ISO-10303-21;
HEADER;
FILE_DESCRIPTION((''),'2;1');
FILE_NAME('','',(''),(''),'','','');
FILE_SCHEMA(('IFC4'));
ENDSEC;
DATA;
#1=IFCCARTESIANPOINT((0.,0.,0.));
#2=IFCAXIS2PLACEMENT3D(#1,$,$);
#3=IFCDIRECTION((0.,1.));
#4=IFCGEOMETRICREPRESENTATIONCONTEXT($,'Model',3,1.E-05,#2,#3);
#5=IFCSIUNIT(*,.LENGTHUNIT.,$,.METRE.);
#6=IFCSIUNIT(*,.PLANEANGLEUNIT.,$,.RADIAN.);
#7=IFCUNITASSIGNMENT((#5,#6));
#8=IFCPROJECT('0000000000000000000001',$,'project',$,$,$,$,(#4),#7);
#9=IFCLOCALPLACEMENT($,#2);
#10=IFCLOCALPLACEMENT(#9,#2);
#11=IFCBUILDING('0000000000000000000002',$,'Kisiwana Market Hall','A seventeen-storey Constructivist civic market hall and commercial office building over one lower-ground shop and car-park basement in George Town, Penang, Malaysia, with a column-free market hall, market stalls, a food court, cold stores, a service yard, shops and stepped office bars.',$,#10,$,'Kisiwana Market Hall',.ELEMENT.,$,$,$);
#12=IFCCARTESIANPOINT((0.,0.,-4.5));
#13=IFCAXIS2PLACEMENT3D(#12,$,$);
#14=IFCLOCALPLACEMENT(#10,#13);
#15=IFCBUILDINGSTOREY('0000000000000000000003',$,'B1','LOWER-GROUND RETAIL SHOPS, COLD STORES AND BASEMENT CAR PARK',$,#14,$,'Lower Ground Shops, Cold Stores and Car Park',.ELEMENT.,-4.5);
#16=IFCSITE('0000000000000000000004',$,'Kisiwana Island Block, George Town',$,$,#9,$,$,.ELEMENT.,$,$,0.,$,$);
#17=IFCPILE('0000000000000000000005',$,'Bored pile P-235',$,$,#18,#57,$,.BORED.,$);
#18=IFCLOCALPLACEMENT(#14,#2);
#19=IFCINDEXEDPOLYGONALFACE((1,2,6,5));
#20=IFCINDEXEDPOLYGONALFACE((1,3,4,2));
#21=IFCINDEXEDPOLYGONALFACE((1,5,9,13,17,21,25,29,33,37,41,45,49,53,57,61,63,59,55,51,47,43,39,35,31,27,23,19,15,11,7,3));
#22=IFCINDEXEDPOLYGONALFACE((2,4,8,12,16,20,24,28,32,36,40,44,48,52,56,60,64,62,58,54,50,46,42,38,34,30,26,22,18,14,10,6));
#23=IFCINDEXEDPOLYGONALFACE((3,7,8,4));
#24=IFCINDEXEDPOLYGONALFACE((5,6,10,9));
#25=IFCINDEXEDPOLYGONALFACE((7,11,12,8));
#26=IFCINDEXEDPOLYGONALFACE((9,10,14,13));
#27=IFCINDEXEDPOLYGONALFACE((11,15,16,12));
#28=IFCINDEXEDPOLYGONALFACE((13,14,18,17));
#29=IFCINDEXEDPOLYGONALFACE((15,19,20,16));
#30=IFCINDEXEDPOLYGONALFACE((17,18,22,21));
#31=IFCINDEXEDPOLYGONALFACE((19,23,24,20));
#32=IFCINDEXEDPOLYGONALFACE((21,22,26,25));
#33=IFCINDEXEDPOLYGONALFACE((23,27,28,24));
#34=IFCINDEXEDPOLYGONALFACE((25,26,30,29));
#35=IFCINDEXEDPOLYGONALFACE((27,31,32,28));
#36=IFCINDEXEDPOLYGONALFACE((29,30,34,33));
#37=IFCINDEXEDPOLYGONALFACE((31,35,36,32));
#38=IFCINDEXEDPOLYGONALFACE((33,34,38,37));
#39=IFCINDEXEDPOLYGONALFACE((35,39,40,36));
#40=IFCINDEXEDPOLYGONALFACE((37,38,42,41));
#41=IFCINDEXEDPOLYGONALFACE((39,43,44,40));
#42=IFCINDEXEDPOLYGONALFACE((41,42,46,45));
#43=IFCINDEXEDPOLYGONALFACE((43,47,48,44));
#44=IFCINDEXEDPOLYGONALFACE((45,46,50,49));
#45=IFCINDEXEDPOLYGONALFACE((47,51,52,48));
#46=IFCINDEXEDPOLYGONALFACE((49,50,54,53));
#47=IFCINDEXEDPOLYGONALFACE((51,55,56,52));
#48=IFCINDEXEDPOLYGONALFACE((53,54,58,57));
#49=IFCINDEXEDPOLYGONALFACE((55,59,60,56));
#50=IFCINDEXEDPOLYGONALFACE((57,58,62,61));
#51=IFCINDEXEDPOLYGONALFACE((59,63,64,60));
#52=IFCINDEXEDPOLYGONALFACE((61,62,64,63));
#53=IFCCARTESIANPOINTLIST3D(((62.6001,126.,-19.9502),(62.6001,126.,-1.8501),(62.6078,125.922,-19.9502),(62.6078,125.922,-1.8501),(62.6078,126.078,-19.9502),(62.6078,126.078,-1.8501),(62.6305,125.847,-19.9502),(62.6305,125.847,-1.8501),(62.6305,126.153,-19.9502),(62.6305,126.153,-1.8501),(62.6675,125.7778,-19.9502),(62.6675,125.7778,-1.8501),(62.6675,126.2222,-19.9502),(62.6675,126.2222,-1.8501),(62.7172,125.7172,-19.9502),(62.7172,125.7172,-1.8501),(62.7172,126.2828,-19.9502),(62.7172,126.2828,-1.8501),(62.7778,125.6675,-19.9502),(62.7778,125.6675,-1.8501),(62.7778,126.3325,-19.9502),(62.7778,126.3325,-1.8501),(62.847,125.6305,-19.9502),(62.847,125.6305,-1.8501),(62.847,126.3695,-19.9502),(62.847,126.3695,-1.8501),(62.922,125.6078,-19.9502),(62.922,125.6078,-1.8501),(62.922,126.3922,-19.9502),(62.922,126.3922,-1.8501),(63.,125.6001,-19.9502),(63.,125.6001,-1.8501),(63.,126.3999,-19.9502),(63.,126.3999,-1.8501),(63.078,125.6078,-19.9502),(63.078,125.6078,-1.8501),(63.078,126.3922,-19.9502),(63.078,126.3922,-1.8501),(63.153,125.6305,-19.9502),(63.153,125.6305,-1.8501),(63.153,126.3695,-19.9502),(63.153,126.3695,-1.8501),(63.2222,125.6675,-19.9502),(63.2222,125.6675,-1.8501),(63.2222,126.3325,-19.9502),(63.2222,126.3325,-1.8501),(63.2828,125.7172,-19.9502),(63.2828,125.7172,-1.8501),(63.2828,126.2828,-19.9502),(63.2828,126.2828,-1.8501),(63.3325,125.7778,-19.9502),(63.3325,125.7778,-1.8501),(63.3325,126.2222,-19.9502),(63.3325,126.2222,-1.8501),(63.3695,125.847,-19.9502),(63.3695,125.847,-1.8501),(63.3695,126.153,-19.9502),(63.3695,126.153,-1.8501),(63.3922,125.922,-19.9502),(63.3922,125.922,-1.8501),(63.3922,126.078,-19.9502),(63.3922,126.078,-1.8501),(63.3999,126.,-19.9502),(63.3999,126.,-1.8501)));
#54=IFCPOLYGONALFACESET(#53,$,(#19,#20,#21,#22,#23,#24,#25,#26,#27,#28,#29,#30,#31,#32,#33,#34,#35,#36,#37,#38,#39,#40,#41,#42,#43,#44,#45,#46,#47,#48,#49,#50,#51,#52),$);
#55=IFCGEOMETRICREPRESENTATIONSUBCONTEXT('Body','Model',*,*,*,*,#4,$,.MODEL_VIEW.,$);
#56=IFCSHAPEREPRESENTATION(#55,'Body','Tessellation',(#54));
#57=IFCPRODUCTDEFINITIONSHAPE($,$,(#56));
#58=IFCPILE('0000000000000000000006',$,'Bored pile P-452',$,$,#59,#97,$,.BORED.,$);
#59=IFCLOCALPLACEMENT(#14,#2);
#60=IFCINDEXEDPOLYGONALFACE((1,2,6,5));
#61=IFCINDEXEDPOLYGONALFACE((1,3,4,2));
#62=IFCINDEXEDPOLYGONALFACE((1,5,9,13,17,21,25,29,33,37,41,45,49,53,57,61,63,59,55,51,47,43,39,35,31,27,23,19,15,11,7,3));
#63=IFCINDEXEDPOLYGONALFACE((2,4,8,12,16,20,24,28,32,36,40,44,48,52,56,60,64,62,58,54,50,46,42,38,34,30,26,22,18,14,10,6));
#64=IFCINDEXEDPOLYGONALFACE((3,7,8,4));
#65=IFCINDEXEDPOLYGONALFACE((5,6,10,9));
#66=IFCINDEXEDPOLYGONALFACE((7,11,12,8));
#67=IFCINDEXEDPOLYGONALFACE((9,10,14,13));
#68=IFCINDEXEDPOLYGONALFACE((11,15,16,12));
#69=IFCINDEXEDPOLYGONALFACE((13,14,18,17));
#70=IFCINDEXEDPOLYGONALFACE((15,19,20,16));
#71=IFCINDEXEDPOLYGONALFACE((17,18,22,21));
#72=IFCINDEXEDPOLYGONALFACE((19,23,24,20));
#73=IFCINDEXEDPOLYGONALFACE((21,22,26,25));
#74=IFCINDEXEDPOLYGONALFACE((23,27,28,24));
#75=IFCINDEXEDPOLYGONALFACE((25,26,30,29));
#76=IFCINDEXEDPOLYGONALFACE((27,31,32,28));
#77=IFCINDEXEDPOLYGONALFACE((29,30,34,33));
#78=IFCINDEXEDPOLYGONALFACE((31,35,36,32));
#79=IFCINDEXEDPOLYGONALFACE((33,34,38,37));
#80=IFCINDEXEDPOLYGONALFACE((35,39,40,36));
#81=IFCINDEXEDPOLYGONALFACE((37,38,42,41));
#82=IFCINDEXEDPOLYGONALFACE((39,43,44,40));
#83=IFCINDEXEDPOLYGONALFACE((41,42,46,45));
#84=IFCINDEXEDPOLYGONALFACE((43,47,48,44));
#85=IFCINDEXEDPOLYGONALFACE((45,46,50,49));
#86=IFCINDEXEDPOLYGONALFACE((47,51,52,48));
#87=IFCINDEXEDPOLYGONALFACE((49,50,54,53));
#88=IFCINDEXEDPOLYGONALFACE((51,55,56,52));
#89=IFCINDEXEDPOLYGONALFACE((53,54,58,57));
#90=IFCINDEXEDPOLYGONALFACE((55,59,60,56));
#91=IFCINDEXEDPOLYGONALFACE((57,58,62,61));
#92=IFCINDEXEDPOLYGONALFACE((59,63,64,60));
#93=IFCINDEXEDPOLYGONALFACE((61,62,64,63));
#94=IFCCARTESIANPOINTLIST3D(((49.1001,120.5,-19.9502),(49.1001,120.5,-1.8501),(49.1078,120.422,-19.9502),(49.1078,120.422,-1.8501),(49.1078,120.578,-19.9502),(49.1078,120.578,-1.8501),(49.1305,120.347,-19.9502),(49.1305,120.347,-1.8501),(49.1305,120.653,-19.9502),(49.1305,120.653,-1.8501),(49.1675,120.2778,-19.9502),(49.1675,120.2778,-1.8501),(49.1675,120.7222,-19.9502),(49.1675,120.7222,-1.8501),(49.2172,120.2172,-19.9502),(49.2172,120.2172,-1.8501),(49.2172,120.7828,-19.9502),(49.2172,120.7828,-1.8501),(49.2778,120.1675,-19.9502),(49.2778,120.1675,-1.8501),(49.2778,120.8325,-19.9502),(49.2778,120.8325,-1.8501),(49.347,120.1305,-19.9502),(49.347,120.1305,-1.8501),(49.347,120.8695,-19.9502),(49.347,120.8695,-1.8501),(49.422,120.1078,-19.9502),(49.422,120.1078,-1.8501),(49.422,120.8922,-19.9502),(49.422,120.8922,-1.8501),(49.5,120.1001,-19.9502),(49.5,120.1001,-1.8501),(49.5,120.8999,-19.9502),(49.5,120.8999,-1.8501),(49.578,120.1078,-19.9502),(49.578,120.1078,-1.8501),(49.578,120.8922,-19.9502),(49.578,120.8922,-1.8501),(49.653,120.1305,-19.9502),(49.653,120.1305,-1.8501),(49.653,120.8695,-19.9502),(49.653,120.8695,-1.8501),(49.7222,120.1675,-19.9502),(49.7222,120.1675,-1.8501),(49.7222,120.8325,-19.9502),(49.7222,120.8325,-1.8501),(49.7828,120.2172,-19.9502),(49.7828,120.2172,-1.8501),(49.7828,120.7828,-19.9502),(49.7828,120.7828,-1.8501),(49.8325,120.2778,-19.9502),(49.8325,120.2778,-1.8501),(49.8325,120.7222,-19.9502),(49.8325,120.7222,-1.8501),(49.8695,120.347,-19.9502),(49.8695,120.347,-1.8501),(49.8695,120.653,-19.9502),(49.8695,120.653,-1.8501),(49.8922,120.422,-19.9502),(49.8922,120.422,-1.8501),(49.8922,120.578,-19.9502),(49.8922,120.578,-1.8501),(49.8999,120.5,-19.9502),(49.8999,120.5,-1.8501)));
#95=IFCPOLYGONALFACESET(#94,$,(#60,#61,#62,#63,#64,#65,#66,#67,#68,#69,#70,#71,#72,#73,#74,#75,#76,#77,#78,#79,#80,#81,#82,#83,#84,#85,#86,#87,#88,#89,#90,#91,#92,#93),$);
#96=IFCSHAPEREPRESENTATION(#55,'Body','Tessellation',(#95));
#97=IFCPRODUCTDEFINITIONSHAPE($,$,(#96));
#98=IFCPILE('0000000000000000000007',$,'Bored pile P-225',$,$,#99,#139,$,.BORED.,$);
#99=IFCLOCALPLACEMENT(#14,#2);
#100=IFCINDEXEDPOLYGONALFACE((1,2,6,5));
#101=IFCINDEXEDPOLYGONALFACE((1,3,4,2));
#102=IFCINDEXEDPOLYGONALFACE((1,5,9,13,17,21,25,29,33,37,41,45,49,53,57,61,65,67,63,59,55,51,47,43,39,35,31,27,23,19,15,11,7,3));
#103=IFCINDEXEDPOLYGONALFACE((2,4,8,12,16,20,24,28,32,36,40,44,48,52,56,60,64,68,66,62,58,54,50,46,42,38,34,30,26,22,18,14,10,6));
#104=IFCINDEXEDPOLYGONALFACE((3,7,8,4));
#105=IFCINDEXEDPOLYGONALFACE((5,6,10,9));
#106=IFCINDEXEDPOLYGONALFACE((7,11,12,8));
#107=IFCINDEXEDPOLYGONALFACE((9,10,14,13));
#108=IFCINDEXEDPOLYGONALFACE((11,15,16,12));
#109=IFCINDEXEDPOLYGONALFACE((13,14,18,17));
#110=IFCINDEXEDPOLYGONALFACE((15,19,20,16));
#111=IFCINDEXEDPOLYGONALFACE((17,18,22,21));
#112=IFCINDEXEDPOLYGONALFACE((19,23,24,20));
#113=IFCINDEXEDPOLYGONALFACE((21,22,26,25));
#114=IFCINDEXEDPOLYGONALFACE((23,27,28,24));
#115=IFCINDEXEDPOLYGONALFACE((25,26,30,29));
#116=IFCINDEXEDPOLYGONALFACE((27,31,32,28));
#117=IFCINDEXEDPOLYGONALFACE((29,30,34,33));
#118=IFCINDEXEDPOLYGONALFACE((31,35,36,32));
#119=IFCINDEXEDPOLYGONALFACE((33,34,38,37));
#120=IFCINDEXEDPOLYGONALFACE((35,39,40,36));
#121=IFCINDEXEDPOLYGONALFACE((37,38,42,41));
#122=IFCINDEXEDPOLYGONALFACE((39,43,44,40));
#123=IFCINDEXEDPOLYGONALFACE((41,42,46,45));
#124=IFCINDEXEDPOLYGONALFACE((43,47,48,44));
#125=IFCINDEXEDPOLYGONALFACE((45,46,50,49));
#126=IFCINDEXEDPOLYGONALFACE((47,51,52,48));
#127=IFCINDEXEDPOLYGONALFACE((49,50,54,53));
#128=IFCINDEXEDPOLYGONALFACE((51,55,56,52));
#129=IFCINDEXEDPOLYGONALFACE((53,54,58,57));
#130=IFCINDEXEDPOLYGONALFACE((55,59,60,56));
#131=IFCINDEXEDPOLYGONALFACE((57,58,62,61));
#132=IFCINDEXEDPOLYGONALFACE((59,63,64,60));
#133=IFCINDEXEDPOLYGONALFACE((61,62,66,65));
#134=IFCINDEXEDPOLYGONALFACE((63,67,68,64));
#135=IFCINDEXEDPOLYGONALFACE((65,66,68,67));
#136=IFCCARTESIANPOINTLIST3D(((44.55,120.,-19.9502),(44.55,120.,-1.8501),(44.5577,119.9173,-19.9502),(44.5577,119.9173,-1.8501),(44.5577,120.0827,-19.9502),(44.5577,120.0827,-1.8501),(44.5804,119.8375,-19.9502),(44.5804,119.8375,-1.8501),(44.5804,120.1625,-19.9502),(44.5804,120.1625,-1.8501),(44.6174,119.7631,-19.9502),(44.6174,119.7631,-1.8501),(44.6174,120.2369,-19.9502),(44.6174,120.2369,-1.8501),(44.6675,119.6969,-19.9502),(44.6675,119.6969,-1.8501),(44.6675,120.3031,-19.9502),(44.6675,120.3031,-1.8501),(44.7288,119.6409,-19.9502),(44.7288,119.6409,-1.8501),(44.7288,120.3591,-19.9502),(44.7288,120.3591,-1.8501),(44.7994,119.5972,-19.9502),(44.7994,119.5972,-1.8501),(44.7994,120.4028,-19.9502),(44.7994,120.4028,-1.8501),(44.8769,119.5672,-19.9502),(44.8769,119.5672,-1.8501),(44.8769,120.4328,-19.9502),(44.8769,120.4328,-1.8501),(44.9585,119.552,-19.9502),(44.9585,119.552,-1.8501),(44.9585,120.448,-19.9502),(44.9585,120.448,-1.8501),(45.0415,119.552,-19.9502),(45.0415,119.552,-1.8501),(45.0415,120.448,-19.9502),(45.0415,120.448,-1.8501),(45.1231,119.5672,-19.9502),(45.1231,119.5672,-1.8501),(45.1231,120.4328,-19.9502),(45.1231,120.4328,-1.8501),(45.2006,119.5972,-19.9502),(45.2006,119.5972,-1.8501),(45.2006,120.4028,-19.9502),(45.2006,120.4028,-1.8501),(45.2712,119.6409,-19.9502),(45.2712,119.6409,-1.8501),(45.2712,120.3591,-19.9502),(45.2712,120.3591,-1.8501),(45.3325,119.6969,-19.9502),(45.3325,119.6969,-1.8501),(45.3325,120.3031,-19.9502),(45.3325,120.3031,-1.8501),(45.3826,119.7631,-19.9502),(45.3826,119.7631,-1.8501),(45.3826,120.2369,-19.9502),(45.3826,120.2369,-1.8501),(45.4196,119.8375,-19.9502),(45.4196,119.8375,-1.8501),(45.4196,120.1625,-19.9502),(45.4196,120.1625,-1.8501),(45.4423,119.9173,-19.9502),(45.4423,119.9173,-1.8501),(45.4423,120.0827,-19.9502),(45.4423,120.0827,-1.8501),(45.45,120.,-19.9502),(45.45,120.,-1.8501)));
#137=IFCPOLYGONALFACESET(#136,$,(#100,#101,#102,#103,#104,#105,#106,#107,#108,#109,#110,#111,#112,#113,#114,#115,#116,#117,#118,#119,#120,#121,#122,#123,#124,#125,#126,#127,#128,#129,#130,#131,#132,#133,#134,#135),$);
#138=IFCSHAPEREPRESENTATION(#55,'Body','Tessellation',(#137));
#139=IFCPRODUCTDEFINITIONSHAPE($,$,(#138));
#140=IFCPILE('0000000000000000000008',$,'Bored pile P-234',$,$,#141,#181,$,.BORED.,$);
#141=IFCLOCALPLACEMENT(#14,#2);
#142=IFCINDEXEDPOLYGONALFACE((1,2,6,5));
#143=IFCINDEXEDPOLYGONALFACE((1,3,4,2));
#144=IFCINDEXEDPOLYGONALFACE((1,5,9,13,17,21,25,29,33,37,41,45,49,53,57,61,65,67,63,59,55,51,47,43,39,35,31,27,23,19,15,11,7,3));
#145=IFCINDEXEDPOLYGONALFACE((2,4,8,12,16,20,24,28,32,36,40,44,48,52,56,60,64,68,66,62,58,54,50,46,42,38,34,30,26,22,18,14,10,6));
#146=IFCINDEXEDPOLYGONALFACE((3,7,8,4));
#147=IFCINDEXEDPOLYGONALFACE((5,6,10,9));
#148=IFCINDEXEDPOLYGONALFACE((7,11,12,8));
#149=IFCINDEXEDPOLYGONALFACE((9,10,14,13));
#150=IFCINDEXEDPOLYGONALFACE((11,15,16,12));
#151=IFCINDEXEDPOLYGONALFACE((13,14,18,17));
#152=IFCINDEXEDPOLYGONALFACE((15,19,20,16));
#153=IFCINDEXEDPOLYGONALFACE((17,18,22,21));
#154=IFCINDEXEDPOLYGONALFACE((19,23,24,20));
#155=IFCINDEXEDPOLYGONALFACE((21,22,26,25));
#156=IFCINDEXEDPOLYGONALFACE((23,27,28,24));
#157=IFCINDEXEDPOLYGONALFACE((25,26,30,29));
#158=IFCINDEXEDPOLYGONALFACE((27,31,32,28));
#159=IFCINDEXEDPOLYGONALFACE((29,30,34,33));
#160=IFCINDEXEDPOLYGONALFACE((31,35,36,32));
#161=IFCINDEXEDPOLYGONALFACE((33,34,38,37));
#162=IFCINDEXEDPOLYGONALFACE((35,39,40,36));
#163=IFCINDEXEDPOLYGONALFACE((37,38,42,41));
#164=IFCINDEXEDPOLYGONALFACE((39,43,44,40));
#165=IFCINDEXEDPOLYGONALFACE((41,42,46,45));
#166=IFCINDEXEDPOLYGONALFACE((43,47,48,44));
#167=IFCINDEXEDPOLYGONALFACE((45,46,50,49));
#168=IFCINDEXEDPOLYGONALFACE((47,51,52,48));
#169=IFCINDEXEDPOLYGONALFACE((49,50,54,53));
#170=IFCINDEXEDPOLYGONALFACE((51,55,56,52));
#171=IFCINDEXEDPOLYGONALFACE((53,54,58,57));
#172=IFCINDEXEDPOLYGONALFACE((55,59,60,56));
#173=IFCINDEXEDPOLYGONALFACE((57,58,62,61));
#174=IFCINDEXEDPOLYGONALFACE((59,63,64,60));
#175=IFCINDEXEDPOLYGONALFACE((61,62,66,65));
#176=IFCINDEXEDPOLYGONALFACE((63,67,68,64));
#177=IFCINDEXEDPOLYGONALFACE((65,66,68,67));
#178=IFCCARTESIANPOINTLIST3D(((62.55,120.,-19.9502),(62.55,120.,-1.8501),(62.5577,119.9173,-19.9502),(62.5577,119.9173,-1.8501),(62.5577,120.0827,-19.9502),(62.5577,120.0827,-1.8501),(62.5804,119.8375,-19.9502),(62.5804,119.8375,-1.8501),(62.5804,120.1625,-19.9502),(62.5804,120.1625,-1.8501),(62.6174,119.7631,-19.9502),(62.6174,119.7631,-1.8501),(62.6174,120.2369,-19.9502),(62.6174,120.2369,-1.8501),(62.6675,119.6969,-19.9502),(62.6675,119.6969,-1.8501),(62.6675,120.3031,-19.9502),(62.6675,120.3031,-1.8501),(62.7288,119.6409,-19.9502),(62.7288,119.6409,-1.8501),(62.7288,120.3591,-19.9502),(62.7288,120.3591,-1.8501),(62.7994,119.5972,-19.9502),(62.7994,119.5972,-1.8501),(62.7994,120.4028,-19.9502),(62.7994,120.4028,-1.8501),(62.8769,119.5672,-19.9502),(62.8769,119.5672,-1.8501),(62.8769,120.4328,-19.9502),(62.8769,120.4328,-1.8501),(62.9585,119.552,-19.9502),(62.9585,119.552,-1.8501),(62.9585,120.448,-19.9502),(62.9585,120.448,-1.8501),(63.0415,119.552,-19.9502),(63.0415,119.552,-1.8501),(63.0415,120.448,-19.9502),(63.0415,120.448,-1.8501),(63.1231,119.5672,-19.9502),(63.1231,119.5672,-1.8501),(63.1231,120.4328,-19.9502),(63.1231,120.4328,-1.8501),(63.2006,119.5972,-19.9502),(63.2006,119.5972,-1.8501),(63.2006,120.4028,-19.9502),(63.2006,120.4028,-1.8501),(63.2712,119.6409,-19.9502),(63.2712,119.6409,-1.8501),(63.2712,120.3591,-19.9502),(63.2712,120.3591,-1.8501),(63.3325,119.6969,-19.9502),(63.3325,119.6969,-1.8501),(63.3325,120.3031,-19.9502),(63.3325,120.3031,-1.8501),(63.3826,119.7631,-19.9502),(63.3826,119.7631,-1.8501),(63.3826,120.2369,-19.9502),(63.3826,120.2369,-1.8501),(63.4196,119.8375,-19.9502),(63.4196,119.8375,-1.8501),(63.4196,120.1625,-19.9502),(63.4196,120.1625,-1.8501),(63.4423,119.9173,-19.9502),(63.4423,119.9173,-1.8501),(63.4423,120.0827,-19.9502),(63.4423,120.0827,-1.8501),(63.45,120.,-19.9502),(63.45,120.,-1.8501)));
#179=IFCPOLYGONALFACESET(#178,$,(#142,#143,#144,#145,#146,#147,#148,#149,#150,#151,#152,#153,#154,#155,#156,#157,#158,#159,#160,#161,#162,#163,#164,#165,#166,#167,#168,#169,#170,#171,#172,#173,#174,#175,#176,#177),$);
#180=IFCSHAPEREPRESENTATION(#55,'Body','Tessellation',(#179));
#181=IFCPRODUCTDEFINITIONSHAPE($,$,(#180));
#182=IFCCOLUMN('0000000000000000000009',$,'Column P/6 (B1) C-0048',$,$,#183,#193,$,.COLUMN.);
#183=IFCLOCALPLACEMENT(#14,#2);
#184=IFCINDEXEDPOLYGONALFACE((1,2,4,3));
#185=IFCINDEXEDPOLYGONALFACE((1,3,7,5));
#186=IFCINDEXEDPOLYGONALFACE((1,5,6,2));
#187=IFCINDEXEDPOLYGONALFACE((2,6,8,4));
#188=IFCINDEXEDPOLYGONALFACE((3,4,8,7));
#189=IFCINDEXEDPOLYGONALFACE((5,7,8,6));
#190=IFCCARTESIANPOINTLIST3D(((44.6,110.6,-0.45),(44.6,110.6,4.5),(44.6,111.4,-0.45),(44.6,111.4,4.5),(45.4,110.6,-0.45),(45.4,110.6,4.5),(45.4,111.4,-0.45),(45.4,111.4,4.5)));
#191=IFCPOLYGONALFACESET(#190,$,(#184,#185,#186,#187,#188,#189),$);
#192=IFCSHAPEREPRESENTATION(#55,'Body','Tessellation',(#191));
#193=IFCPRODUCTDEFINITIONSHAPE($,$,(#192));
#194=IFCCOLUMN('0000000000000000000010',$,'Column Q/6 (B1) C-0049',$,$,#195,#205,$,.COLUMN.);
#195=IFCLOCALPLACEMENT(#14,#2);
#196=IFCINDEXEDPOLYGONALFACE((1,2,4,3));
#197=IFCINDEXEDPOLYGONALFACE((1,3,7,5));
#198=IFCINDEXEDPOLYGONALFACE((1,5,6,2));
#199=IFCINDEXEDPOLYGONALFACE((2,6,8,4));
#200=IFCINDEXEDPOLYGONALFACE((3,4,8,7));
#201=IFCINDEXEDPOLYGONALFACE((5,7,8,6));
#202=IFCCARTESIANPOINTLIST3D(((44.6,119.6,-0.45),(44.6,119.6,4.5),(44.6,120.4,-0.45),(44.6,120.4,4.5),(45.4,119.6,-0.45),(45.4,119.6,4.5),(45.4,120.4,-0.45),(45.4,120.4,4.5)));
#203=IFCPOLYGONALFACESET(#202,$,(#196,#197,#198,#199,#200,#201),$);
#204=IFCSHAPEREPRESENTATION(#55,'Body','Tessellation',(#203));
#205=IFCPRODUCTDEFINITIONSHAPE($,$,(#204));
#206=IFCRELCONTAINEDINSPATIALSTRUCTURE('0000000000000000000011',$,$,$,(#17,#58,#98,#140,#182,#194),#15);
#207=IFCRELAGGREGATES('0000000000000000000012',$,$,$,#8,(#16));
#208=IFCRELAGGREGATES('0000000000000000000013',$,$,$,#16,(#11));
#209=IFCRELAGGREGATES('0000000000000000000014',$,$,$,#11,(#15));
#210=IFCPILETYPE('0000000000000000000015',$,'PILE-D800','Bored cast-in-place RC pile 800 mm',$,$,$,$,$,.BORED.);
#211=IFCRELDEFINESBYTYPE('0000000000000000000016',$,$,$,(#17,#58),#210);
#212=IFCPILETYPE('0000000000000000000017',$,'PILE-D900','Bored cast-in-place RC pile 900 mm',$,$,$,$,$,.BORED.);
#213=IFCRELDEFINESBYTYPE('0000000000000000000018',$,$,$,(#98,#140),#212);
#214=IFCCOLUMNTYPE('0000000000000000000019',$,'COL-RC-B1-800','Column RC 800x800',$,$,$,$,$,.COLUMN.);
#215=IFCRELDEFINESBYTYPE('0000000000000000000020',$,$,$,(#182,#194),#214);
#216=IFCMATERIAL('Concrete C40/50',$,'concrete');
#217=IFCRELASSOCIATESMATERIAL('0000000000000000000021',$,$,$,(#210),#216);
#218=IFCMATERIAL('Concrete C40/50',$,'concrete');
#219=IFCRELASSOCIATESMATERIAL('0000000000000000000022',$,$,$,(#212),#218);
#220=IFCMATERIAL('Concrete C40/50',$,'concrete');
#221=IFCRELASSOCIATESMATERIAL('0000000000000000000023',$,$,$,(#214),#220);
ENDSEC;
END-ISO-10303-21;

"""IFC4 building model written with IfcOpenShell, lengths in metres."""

from ifc_helpers import new_model, si_unit, direction, frame, origin, origin_2d, place, context, subcontext, project, spatial, rectangle, circle, extrude, material, material_profile, profile_set, type_object, element, save


model = new_model("IFC4")

# Units and contexts
model_context = context("Model", 3, precision=1e-05, world=origin(), true_north=direction((0.0, 1.0)))
body_context = subcontext(model_context, "Body", "Model", "MODEL_VIEW")
ifc_project = project(units=[si_unit("LENGTHUNIT", "METRE"), si_unit("PLANEANGLEUNIT", "RADIAN")], contexts=[model_context])

# Site, building, storey
site_placement = place(None, origin())
site = spatial("IfcSite", under=ifc_project, at=site_placement, Name="Kisiwana Island Block, George Town", CompositionType="ELEMENT", RefElevation=0.0)
building_placement = place(site_placement, origin())
building = spatial("IfcBuilding", under=site, at=building_placement, Name="Kisiwana Market Hall", Description="A seventeen-storey Constructivist civic market hall and commercial office building over one lower-ground shop and car-park basement in George Town, Penang, Malaysia, with a column-free market hall, market stalls, a food court, cold stores, a service yard, shops and stepped office bars.", LongName="Kisiwana Market Hall", CompositionType="ELEMENT")
storey_placement = place(building_placement, frame((0.0, 0.0, -4.5)))
storey = spatial("IfcBuildingStorey", under=building, at=storey_placement, Name="B1", Description="LOWER-GROUND RETAIL SHOPS, COLD STORES AND BASEMENT CAR PARK", LongName="Lower Ground Shops, Cold Stores and Car Park", CompositionType="ELEMENT", Elevation=-4.5)

# Piles
ifc_material_1 = material(Name="Concrete C40/50", Category="concrete")
ifc_material_profile_1 = material_profile(ifc_material_1, circle(Radius=0.3999, at=origin_2d()), Name="BP D800")
ifc_profile_set_1 = profile_set([ifc_material_profile_1], Name="Concrete C40/50")
pile_type_1 = type_object("IfcPileType", Name="PILE-D800", Description="Bored cast-in-place RC pile 800 mm", PredefinedType="BORED", material=ifc_profile_set_1)
for number, where, z_axis, x_axis, name in (
    (1, (63.0, 126.0, -1.8501), (0.0, 0.0, -1.0), (1.0, 0.0, 0.0), "Bored pile P-235"),
    (2, (49.5, 120.5, -1.8501), (0.0, 0.0, -1.0), (1.0, 0.0, 0.0), "Bored pile P-452"),
):
    element("IfcPile", number, at=place(storey_placement, frame(where, z_axis=z_axis, x_axis=x_axis)), inside=storey, type_object=pile_type_1, Name=name, PredefinedType="BORED", context=body_context, shape_type="SweptSolid", body=[
        extrude(circle(Radius=0.3999, at=origin_2d()), origin(), (0.0, 0.0, 1.0), 18.1001),
    ])
ifc_material_2 = material(Name="Concrete C40/50", Category="concrete")
ifc_material_profile_2 = material_profile(ifc_material_2, circle(Radius=0.45, at=origin_2d()), Name="BP D900")
ifc_profile_set_2 = profile_set([ifc_material_profile_2], Name="Concrete C40/50")
pile_type_2 = type_object("IfcPileType", Name="PILE-D900", Description="Bored cast-in-place RC pile 900 mm", PredefinedType="BORED", material=ifc_profile_set_2)
for number, where, z_axis, x_axis, name in (
    (3, (45.0, 120.0, -1.8501), (0.0, 0.0, -1.0), (1.0, 0.0, 0.0), "Bored pile P-225"),
    (4, (63.0, 120.0, -1.8501), (0.0, 0.0, -1.0), (1.0, 0.0, 0.0), "Bored pile P-234"),
):
    element("IfcPile", number, at=place(storey_placement, frame(where, z_axis=z_axis, x_axis=x_axis)), inside=storey, type_object=pile_type_2, Name=name, PredefinedType="BORED", context=body_context, shape_type="SweptSolid", body=[
        extrude(circle(Radius=0.45, at=origin_2d()), origin(), (0.0, 0.0, 1.0), 18.1001),
    ])

# Columns
ifc_material_3 = material(Name="Concrete C40/50", Category="concrete")
ifc_material_profile_3 = material_profile(ifc_material_3, rectangle(XDim=0.8, YDim=0.8, at=origin_2d()), Name="RC 800x800")
ifc_profile_set_3 = profile_set([ifc_material_profile_3], Name="Concrete C40/50")
column_type_1 = type_object("IfcColumnType", Name="COL-RC-B1-800", Description="Column RC 800x800", PredefinedType="COLUMN", material=ifc_profile_set_3)
for number, where, z_axis, x_axis, name in (
    (5, (45.0, 111.0, -0.45), (0.0, 0.0, 1.0), (1.0, 0.0, 0.0), "Column P/6 (B1) C-0048"),
    (6, (45.0, 120.0, -0.45), (0.0, 0.0, 1.0), (1.0, 0.0, 0.0), "Column Q/6 (B1) C-0049"),
):
    element("IfcColumn", number, at=place(storey_placement, frame(where, z_axis=z_axis, x_axis=x_axis)), inside=storey, type_object=column_type_1, Name=name, PredefinedType="COLUMN", context=body_context, shape_type="SweptSolid", body=[
        extrude(rectangle(XDim=0.8, YDim=0.8, at=origin_2d()), origin(), (0.0, 0.0, 1.0), 4.95),
    ])

save(model, "model.ifc")
